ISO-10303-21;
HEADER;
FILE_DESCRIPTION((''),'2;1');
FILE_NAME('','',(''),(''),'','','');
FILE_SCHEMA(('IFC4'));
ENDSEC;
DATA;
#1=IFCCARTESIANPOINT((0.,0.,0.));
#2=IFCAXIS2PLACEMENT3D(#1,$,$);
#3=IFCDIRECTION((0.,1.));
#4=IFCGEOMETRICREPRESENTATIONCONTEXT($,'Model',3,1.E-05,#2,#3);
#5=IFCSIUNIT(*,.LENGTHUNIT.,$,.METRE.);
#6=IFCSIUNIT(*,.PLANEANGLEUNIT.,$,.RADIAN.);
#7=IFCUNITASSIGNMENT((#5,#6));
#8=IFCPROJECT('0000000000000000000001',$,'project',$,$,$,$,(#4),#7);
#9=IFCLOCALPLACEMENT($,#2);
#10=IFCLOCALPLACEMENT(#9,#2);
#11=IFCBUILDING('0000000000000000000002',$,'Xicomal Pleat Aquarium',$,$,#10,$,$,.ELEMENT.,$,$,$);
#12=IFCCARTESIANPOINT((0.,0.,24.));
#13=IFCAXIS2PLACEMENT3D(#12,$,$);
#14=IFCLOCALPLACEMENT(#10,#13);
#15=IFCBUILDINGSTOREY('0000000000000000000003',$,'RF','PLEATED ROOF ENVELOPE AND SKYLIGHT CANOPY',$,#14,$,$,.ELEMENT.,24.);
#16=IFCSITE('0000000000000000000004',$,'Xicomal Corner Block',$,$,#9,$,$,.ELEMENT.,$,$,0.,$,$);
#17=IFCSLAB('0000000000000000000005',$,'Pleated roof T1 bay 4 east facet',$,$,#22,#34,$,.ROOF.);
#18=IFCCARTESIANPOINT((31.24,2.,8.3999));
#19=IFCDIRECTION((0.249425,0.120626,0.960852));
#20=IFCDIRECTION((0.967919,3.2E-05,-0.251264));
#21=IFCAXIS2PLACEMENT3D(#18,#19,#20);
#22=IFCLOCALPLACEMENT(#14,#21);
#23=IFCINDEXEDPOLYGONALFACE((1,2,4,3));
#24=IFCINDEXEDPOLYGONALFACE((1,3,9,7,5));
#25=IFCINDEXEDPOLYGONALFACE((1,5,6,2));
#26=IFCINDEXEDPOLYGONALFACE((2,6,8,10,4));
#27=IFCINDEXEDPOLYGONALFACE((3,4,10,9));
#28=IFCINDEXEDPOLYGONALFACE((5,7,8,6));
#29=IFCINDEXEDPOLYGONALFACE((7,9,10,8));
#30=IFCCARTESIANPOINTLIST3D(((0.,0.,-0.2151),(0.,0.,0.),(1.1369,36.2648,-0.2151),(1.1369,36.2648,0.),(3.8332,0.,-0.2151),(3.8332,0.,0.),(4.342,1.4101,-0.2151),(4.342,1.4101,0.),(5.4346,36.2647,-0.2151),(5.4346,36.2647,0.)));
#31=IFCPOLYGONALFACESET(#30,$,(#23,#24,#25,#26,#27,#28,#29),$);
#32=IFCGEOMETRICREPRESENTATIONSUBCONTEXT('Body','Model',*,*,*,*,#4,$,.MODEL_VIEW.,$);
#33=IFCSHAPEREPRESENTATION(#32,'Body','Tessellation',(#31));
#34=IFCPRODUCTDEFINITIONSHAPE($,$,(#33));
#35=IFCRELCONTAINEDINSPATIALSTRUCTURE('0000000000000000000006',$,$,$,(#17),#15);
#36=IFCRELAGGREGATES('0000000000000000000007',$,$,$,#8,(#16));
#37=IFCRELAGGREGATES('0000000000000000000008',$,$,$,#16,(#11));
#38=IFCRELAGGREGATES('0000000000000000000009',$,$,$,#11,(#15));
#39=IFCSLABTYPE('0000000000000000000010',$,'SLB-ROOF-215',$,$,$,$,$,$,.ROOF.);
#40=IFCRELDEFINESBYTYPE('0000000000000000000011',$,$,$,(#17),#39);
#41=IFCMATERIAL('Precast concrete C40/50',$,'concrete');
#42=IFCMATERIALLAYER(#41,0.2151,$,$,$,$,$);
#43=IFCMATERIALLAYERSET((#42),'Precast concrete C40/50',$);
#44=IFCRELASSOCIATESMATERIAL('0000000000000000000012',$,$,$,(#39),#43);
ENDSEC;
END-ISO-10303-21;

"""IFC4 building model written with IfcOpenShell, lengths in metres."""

from ifc_helpers import new_model, si_unit, direction, frame, origin, place, context, subcontext, project, spatial, polyline, outline, extrude, material, layer, layer_set, type_object, element, save


model = new_model("IFC4")

# Units and contexts
model_context = context("Model", 3, precision=1e-05, world=origin(), true_north=direction((0.0, 1.0)))
body_context = subcontext(model_context, "Body", "Model", "MODEL_VIEW")
ifc_project = project(units=[si_unit("LENGTHUNIT", "METRE"), si_unit("PLANEANGLEUNIT", "RADIAN")], contexts=[model_context])

# Site, building, storey
site_placement = place(None, origin())
site = spatial("IfcSite", under=ifc_project, at=site_placement, Name="Xicomal Corner Block", CompositionType="ELEMENT", RefElevation=0.0)
building_placement = place(site_placement, origin())
building = spatial("IfcBuilding", under=site, at=building_placement, Name="Xicomal Pleat Aquarium", CompositionType="ELEMENT")
storey_placement = place(building_placement, frame((0.0, 0.0, 24.0)))
storey = spatial("IfcBuildingStorey", under=building, at=storey_placement, Name="RF", Description="PLEATED ROOF ENVELOPE AND SKYLIGHT CANOPY", CompositionType="ELEMENT", Elevation=24.0)

# Slab
ifc_material_1 = material(Name="Precast concrete C40/50", Category="concrete")
ifc_layer_1 = layer(ifc_material_1, 0.2151)
ifc_layer_set_1 = layer_set([ifc_layer_1], Name="Precast concrete C40/50")
slab_type = type_object("IfcSlabType", Name="SLB-ROOF-215", PredefinedType="ROOF", material=ifc_layer_set_1)
slab_1_placement = place(storey_placement, frame((31.24, 2.0, 8.3999), z_axis=(0.249425, 0.120626, 0.960852), x_axis=(0.967919, 0.000032, -0.251264)))
element("IfcSlab", 1, at=slab_1_placement, inside=storey, type_object=slab_type, Name="Pleated roof T1 bay 4 east facet", PredefinedType="ROOF", context=body_context, shape_type="SweptSolid", body=[
    extrude(outline(polyline([(0.0, 0.0), (3.8332, 0.0), (4.342, 1.4101), (5.4346, 36.2647), (1.1369, 36.2648), (0.0, 0.0)])), origin(), (0.0, 0.0, -1.0), 0.2151),
])

save(model, "model.ifc")
